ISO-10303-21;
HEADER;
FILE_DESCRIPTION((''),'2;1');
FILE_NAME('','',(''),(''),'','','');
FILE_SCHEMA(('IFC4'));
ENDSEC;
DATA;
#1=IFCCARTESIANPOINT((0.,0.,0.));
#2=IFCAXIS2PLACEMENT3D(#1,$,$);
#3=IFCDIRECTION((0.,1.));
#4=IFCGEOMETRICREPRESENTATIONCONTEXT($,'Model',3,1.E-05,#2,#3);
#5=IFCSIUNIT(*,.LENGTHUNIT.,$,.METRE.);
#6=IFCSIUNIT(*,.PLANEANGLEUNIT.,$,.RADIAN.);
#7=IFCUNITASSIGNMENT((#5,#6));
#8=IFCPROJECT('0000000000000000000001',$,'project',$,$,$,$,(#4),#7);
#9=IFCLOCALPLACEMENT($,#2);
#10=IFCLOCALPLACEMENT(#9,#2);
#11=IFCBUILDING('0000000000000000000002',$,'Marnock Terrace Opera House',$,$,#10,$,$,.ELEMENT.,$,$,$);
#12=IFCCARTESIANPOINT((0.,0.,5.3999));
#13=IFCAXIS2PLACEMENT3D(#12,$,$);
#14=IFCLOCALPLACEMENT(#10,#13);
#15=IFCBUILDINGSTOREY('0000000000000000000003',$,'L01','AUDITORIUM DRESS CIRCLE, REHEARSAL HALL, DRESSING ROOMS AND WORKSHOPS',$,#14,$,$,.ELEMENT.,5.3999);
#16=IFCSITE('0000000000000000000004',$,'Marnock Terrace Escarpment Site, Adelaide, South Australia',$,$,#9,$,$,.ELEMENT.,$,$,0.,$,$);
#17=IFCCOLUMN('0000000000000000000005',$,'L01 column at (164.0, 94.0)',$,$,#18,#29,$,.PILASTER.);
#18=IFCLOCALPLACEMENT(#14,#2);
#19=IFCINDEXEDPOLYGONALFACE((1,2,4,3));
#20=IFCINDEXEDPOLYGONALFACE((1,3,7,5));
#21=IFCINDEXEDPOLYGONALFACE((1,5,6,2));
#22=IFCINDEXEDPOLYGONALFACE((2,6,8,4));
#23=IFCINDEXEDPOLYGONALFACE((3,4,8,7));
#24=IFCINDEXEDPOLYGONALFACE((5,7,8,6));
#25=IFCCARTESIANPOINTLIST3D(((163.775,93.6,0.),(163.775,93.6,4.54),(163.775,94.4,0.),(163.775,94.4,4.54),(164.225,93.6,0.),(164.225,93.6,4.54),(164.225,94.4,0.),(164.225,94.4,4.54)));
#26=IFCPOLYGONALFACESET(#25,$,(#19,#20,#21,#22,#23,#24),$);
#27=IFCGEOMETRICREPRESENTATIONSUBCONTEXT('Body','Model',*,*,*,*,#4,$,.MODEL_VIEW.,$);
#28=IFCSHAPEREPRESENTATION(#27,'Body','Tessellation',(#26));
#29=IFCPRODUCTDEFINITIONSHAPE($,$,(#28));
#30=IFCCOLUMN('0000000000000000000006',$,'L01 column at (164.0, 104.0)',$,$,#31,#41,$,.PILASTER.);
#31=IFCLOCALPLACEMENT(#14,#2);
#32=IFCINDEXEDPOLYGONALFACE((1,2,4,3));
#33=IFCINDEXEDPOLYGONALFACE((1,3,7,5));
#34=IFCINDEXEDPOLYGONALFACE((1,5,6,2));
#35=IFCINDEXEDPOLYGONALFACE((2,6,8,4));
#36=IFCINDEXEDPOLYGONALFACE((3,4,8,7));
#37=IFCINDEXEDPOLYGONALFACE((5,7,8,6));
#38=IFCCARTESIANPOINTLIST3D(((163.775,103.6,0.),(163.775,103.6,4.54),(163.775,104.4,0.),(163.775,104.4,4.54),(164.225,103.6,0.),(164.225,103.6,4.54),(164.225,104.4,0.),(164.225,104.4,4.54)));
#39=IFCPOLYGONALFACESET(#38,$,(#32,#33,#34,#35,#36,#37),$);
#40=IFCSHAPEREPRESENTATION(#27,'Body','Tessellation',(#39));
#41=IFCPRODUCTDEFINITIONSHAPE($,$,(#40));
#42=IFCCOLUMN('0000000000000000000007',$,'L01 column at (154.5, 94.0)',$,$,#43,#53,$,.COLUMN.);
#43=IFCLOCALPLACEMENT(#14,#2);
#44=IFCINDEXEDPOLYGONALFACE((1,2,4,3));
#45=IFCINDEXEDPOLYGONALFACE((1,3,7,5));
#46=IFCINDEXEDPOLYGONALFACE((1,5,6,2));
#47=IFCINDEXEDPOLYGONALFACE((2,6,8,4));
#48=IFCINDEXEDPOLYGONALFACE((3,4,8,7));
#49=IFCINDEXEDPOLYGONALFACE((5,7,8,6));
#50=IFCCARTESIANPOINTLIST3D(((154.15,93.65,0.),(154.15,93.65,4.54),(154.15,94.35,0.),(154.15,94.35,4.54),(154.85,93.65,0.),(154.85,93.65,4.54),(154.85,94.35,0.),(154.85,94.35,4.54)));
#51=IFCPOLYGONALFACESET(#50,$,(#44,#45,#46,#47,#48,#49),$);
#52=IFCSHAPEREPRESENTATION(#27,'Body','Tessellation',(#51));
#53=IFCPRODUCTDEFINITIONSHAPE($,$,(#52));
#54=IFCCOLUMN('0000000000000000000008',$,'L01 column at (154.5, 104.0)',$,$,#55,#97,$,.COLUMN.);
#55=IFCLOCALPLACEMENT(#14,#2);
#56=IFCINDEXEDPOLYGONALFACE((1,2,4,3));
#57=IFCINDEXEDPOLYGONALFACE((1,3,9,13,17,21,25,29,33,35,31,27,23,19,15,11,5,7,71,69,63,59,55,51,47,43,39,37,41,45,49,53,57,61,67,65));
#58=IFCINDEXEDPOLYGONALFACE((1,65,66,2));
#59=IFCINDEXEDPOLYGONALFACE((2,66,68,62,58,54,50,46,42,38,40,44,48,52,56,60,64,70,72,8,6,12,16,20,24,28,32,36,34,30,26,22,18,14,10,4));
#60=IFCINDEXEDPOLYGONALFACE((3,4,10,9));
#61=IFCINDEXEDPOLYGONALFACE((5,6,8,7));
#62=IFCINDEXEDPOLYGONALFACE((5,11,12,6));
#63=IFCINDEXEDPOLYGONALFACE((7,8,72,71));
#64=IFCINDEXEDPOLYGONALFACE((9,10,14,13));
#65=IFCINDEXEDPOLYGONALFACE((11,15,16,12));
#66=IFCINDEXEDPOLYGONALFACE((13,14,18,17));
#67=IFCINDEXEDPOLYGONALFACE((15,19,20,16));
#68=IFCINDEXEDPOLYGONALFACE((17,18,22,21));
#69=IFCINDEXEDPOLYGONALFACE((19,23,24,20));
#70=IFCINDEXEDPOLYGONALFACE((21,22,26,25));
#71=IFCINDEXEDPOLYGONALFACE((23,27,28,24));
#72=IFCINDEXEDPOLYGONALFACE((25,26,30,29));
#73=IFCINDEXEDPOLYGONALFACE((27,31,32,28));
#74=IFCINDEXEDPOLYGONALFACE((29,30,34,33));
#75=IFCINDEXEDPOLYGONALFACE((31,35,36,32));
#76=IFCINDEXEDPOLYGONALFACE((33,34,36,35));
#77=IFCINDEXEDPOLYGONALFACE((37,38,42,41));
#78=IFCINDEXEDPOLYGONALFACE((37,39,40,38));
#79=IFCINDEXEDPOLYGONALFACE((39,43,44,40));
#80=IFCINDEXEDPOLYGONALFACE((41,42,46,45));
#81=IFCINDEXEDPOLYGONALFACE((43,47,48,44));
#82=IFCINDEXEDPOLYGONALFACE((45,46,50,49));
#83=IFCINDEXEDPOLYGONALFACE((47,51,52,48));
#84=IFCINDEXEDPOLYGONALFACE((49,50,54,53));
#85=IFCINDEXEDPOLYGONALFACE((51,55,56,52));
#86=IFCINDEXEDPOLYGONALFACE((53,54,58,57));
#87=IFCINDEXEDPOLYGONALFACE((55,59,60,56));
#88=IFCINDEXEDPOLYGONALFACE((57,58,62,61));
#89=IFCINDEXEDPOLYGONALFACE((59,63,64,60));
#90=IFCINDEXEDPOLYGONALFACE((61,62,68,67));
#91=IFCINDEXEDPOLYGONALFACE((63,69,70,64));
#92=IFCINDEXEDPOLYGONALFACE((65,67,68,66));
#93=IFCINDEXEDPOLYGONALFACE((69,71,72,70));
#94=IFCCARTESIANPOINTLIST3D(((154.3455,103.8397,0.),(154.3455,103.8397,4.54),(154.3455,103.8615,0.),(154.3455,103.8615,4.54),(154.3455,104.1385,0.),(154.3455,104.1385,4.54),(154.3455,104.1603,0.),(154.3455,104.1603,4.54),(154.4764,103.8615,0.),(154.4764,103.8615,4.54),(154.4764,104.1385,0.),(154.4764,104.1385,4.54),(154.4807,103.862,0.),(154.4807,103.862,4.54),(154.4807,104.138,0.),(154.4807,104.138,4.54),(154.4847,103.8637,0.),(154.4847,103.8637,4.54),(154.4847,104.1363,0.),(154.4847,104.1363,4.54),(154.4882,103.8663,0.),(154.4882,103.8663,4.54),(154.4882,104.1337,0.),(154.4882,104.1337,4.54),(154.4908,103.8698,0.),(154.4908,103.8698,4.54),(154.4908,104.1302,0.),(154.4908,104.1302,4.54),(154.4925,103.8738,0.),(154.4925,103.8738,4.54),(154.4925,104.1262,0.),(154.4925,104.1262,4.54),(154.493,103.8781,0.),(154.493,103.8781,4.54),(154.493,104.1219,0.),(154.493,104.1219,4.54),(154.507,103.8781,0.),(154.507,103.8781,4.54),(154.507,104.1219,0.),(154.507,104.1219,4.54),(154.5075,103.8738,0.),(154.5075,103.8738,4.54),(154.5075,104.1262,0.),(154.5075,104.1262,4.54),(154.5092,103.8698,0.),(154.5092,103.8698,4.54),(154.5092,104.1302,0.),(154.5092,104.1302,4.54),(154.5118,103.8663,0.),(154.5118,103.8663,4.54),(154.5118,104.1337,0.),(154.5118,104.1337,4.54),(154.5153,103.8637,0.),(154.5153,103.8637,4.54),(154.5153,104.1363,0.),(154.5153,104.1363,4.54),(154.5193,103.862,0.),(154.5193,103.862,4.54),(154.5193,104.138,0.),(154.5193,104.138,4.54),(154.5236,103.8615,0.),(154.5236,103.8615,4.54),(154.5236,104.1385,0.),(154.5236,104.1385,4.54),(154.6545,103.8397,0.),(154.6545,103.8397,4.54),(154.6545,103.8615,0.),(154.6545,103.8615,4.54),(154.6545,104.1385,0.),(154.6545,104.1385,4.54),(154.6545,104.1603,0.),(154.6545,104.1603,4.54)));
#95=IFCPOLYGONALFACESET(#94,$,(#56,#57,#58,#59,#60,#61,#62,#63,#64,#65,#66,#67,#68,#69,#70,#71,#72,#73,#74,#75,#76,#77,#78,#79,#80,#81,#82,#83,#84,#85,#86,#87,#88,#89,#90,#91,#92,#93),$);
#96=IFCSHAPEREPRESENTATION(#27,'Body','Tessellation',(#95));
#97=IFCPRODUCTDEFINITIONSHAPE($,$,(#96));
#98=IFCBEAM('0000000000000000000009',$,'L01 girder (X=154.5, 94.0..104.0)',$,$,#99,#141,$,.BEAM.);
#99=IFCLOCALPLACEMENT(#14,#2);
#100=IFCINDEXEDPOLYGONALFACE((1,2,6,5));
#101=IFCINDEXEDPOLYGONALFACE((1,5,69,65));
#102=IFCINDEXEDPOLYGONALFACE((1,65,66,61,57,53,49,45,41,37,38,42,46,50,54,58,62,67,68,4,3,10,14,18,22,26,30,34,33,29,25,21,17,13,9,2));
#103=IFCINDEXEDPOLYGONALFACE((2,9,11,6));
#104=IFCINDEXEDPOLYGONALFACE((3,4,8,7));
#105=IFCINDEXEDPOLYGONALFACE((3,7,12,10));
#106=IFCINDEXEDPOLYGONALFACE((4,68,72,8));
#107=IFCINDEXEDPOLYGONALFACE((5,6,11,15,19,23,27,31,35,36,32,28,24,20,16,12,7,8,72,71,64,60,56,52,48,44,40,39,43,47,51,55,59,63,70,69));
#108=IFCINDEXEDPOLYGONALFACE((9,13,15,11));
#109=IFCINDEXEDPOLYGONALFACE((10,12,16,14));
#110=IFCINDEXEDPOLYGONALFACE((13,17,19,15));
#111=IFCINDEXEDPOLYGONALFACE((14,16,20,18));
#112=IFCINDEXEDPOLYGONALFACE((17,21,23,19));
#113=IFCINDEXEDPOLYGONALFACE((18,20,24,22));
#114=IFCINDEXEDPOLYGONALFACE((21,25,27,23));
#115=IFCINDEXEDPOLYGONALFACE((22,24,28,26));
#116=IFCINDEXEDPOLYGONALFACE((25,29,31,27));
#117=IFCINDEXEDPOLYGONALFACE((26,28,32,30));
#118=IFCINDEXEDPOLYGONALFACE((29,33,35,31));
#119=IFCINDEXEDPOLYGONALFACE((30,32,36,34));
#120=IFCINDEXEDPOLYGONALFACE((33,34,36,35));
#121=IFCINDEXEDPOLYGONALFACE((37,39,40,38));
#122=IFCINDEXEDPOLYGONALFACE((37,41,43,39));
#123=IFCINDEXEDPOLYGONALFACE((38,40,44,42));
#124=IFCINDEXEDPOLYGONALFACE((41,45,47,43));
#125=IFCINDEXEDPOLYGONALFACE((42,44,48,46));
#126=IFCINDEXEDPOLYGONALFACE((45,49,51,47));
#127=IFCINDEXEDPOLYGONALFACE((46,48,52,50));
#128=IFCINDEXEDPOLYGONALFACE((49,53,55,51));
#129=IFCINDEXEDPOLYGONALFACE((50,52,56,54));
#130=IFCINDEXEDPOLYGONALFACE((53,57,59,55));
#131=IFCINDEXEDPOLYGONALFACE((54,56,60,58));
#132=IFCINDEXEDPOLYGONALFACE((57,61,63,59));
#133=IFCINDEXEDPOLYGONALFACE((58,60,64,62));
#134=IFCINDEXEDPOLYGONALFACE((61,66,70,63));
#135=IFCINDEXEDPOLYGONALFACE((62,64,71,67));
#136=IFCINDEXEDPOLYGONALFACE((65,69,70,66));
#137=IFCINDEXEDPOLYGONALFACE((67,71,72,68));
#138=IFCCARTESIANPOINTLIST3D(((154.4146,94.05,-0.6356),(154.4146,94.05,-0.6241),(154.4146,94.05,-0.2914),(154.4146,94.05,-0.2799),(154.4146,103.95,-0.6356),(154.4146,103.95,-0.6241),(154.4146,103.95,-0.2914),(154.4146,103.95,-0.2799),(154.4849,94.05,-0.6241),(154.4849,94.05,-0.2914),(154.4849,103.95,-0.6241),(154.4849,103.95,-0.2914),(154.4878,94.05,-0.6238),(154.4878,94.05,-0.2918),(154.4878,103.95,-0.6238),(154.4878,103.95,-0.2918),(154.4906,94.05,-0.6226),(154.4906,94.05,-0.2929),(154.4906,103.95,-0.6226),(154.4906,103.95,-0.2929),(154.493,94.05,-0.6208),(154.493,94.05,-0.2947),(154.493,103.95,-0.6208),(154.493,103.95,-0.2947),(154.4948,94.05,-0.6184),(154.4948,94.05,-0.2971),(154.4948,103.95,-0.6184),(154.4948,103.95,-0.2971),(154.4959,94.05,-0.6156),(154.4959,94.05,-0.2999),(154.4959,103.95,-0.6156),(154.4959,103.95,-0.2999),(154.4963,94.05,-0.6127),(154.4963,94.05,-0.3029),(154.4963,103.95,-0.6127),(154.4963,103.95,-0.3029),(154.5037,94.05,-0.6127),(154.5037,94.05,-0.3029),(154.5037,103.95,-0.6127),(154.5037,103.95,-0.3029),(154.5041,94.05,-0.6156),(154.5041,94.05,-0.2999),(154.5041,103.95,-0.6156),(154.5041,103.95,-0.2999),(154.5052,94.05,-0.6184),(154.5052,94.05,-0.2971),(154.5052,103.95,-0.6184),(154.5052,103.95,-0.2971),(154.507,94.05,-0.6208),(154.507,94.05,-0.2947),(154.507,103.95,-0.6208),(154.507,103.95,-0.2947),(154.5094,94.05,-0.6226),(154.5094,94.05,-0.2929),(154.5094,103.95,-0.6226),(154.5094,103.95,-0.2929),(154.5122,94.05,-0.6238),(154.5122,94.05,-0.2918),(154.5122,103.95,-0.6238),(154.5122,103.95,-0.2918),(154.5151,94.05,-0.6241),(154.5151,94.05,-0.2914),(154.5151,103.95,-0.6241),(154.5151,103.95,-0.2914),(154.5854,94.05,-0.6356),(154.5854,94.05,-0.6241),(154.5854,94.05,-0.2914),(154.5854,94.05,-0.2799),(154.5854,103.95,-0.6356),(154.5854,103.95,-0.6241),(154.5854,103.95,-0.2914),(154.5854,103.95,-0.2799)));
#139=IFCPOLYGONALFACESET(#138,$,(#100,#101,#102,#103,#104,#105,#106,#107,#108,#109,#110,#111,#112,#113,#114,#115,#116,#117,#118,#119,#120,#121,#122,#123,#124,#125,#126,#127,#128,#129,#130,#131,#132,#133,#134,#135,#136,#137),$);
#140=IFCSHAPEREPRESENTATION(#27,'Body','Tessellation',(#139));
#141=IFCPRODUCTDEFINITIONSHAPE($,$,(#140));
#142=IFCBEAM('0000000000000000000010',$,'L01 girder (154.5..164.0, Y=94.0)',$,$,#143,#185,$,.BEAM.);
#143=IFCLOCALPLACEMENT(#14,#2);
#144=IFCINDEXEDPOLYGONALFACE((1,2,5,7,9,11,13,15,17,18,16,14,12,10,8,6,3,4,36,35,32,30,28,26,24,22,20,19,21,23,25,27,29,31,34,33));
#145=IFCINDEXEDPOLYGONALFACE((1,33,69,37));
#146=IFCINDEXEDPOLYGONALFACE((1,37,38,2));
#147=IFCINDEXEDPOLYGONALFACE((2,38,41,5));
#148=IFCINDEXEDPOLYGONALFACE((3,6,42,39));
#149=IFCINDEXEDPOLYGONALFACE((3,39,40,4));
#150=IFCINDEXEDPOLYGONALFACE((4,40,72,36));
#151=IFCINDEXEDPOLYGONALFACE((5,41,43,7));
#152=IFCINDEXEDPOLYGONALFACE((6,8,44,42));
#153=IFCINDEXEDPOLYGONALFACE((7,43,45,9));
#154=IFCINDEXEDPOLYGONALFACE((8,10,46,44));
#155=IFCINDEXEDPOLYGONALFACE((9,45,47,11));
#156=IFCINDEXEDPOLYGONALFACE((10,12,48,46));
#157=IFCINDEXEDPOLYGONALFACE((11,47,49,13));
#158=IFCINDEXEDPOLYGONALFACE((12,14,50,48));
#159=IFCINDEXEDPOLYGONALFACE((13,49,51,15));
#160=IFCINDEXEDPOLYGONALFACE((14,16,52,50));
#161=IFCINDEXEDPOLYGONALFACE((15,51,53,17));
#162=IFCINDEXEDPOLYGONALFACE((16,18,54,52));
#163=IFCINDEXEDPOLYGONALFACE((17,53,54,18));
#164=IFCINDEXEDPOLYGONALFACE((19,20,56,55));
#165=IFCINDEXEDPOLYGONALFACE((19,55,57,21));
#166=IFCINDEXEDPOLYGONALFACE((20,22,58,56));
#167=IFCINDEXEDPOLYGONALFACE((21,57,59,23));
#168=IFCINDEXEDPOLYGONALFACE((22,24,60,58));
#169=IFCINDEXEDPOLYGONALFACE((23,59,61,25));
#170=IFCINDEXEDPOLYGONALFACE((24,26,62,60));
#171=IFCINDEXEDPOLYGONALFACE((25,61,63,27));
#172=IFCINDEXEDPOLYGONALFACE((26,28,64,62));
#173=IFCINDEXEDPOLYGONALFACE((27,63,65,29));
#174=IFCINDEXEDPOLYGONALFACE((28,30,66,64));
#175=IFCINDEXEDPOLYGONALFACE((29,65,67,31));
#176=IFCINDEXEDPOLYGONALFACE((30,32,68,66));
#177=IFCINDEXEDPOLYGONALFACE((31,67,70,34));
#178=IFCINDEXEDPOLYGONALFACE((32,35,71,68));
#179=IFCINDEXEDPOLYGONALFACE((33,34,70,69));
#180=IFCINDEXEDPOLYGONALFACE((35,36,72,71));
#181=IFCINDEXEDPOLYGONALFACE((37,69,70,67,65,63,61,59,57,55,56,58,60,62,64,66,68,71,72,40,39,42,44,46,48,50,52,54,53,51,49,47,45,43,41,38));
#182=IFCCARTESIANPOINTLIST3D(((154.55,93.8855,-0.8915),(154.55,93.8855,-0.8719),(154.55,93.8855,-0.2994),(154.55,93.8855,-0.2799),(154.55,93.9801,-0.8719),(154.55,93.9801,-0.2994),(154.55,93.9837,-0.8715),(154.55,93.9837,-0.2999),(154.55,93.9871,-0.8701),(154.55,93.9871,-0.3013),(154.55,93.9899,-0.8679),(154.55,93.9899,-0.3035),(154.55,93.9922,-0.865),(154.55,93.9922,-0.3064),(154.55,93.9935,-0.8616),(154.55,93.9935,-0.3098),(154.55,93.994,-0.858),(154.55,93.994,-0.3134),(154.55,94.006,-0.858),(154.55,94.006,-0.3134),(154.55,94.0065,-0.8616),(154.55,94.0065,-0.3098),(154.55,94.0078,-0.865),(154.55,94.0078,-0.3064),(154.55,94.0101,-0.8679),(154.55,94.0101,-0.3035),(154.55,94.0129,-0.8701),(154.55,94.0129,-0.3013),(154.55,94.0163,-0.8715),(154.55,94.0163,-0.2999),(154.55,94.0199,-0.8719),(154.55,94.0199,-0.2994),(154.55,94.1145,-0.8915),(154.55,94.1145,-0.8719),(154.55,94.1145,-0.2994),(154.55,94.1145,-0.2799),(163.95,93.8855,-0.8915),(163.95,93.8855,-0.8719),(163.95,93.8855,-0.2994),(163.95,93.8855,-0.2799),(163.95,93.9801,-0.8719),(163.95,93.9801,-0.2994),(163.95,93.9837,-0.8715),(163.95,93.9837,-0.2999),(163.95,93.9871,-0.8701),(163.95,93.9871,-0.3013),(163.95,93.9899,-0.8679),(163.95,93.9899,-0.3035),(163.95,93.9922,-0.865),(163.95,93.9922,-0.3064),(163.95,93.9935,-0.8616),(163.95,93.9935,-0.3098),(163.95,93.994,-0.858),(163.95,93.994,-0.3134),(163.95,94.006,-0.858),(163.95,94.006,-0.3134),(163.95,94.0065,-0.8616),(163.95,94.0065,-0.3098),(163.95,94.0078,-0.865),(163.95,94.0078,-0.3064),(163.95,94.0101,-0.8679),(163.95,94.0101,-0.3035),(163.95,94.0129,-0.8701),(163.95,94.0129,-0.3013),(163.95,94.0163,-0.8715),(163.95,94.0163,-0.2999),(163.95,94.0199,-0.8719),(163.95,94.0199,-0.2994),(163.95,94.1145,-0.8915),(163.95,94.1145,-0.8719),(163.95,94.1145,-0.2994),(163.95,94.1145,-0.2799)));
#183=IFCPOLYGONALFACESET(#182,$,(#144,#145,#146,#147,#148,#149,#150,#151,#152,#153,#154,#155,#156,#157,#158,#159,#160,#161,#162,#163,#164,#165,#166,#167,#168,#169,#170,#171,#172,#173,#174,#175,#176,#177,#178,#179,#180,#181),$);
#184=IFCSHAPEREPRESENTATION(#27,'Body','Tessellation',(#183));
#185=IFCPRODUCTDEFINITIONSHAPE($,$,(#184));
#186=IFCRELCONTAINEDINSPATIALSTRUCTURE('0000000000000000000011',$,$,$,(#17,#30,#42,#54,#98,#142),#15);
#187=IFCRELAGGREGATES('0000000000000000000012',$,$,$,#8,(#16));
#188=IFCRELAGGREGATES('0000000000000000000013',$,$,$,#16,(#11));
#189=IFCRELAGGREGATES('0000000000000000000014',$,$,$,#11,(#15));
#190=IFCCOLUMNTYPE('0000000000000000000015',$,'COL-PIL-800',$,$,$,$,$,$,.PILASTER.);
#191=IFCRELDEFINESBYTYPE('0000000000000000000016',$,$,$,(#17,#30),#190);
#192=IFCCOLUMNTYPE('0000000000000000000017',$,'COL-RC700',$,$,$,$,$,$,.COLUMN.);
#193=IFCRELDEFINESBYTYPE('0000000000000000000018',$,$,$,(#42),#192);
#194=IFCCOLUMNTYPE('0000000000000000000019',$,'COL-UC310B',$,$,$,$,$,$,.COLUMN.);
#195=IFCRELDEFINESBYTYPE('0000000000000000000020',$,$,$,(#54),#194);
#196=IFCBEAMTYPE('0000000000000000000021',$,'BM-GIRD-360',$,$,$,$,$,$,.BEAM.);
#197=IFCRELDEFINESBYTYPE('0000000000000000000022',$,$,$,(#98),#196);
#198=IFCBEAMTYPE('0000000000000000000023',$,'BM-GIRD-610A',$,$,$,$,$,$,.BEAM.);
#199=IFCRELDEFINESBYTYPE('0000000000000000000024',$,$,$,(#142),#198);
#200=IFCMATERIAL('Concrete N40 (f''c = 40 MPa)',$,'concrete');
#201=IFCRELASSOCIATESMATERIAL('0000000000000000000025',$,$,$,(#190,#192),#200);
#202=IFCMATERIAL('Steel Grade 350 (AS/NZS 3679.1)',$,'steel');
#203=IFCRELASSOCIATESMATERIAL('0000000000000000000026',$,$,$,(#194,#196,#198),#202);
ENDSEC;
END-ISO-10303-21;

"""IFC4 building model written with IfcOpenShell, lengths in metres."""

from ifc_helpers import new_model, si_unit, direction, frame, origin, origin_2d, place, context, subcontext, project, spatial, rectangle, i_section, extrude, material, material_profile, profile_set, type_object, element, save


model = new_model("IFC4")

# Units and contexts
model_context = context("Model", 3, precision=1e-05, world=origin(), true_north=direction((0.0, 1.0)))
body_context = subcontext(model_context, "Body", "Model", "MODEL_VIEW")
ifc_project = project(units=[si_unit("LENGTHUNIT", "METRE"), si_unit("PLANEANGLEUNIT", "RADIAN")], contexts=[model_context])

# Site, building, storey
site_placement = place(None, origin())
site = spatial("IfcSite", under=ifc_project, at=site_placement, Name="Marnock Terrace Escarpment Site, Adelaide, South Australia", CompositionType="ELEMENT", RefElevation=0.0)
building_placement = place(site_placement, origin())
building = spatial("IfcBuilding", under=site, at=building_placement, Name="Marnock Terrace Opera House", CompositionType="ELEMENT")
storey_placement = place(building_placement, frame((0.0, 0.0, 5.3999)))
storey = spatial("IfcBuildingStorey", under=building, at=storey_placement, Name="L01", Description="AUDITORIUM DRESS CIRCLE, REHEARSAL HALL, DRESSING ROOMS AND WORKSHOPS", CompositionType="ELEMENT", Elevation=5.3999)

# Columns
ifc_material_1 = material(Name="Concrete N40 (f'c = 40 MPa)", Category="concrete")
ifc_material_profile_1 = material_profile(ifc_material_1, rectangle(XDim=0.45, YDim=0.8, at=origin_2d()))
ifc_profile_set_1 = profile_set([ifc_material_profile_1], Name="Concrete N40 (f'c = 40 MPa)")
column_type_1 = type_object("IfcColumnType", Name="COL-PIL-800", PredefinedType="PILASTER", material=ifc_profile_set_1)
for number, where, z_axis, x_axis, name in (
    (1, (164.0, 94.0, 0.0), (0.0, 0.0, 1.0), (1.0, 0.0, 0.0), "L01 column at (164.0, 94.0)"),
    (2, (164.0, 104.0, 0.0), (0.0, 0.0, 1.0), (1.0, 0.0, 0.0), "L01 column at (164.0, 104.0)"),
):
    element("IfcColumn", number, at=place(storey_placement, frame(where, z_axis=z_axis, x_axis=x_axis)), inside=storey, type_object=column_type_1, Name=name, PredefinedType="PILASTER", context=body_context, shape_type="SweptSolid", body=[
        extrude(rectangle(XDim=0.45, YDim=0.8, at=origin_2d()), origin(), (0.0, 0.0, 1.0), 4.54),
    ])
ifc_material_profile_2 = material_profile(ifc_material_1, rectangle(XDim=0.7, YDim=0.7, at=origin_2d()))
ifc_profile_set_2 = profile_set([ifc_material_profile_2], Name="Concrete N40 (f'c = 40 MPa)")
column_type_2 = type_object("IfcColumnType", Name="COL-RC700", PredefinedType="COLUMN", material=ifc_profile_set_2)
column_1_placement = place(storey_placement, frame((154.5, 94.0, 0.0), z_axis=(0.0, 0.0, 1.0), x_axis=(1.0, 0.0, 0.0)))
element("IfcColumn", 3, at=column_1_placement, inside=storey, type_object=column_type_2, Name="L01 column at (154.5, 94.0)", PredefinedType="COLUMN", context=body_context, shape_type="SweptSolid", body=[
    extrude(rectangle(XDim=0.7, YDim=0.7, at=origin_2d()), origin(), (0.0, 0.0, 1.0), 4.54),
])
ifc_material_2 = material(Name="Steel Grade 350 (AS/NZS 3679.1)", Category="steel")
ifc_material_profile_3 = material_profile(ifc_material_2, i_section(OverallWidth=0.3091, OverallDepth=0.3206, WebThickness=0.0139, FlangeThickness=0.0217, FilletRadius=0.0166, at=origin_2d()))
ifc_profile_set_3 = profile_set([ifc_material_profile_3], Name="Steel Grade 350 (AS/NZS 3679.1)")
column_type_3 = type_object("IfcColumnType", Name="COL-UC310B", PredefinedType="COLUMN", material=ifc_profile_set_3)
column_2_placement = place(storey_placement, frame((154.5, 104.0, 0.0), z_axis=(0.0, 0.0, 1.0), x_axis=(1.0, 0.0, 0.0)))
element("IfcColumn", 4, at=column_2_placement, inside=storey, type_object=column_type_3, Name="L01 column at (154.5, 104.0)", PredefinedType="COLUMN", context=body_context, shape_type="SweptSolid", body=[
    extrude(i_section(OverallWidth=0.3091, OverallDepth=0.3206, WebThickness=0.0139, FlangeThickness=0.0217, FilletRadius=0.0166, at=origin_2d()), origin(), (0.0, 0.0, 1.0), 4.54),
])

# Beams
ifc_material_profile_4 = material_profile(ifc_material_2, i_section(OverallWidth=0.1709, OverallDepth=0.3557, WebThickness=0.0073, FlangeThickness=0.0115, FilletRadius=0.0115, at=origin_2d()))
ifc_profile_set_4 = profile_set([ifc_material_profile_4], Name="Steel Grade 350 (AS/NZS 3679.1)")
beam_type_1 = type_object("IfcBeamType", Name="BM-GIRD-360", PredefinedType="BEAM", material=ifc_profile_set_4)
beam_1_placement = place(storey_placement, frame((154.5, 94.05, -0.4578), z_axis=(0.0, 1.0, 0.0), x_axis=(-1.0, 0.0, 0.0)))
element("IfcBeam", 5, at=beam_1_placement, inside=storey, type_object=beam_type_1, Name="L01 girder (X=154.5, 94.0..104.0)", PredefinedType="BEAM", context=body_context, shape_type="SweptSolid", body=[
    extrude(i_section(OverallWidth=0.1709, OverallDepth=0.3557, WebThickness=0.0073, FlangeThickness=0.0115, FilletRadius=0.0115, at=origin_2d()), origin(), (0.0, 0.0, 1.0), 9.8999),
])
ifc_material_profile_5 = material_profile(ifc_material_2, i_section(OverallWidth=0.229, OverallDepth=0.6116, WebThickness=0.012, FlangeThickness=0.0195, FilletRadius=0.0139, at=origin_2d()))
ifc_profile_set_5 = profile_set([ifc_material_profile_5], Name="Steel Grade 350 (AS/NZS 3679.1)")
beam_type_2 = type_object("IfcBeamType", Name="BM-GIRD-610A", PredefinedType="BEAM", material=ifc_profile_set_5)
beam_2_placement = place(storey_placement, frame((154.55, 94.0, -0.5857), z_axis=(1.0, 0.0, 0.0), x_axis=(0.0, 1.0, 0.0)))
element("IfcBeam", 6, at=beam_2_placement, inside=storey, type_object=beam_type_2, Name="L01 girder (154.5..164.0, Y=94.0)", PredefinedType="BEAM", context=body_context, shape_type="SweptSolid", body=[
    extrude(i_section(OverallWidth=0.229, OverallDepth=0.6116, WebThickness=0.012, FlangeThickness=0.0195, FilletRadius=0.0139, at=origin_2d()), origin(), (0.0, 0.0, 1.0), 9.3999),
])

save(model, "model.ifc")
